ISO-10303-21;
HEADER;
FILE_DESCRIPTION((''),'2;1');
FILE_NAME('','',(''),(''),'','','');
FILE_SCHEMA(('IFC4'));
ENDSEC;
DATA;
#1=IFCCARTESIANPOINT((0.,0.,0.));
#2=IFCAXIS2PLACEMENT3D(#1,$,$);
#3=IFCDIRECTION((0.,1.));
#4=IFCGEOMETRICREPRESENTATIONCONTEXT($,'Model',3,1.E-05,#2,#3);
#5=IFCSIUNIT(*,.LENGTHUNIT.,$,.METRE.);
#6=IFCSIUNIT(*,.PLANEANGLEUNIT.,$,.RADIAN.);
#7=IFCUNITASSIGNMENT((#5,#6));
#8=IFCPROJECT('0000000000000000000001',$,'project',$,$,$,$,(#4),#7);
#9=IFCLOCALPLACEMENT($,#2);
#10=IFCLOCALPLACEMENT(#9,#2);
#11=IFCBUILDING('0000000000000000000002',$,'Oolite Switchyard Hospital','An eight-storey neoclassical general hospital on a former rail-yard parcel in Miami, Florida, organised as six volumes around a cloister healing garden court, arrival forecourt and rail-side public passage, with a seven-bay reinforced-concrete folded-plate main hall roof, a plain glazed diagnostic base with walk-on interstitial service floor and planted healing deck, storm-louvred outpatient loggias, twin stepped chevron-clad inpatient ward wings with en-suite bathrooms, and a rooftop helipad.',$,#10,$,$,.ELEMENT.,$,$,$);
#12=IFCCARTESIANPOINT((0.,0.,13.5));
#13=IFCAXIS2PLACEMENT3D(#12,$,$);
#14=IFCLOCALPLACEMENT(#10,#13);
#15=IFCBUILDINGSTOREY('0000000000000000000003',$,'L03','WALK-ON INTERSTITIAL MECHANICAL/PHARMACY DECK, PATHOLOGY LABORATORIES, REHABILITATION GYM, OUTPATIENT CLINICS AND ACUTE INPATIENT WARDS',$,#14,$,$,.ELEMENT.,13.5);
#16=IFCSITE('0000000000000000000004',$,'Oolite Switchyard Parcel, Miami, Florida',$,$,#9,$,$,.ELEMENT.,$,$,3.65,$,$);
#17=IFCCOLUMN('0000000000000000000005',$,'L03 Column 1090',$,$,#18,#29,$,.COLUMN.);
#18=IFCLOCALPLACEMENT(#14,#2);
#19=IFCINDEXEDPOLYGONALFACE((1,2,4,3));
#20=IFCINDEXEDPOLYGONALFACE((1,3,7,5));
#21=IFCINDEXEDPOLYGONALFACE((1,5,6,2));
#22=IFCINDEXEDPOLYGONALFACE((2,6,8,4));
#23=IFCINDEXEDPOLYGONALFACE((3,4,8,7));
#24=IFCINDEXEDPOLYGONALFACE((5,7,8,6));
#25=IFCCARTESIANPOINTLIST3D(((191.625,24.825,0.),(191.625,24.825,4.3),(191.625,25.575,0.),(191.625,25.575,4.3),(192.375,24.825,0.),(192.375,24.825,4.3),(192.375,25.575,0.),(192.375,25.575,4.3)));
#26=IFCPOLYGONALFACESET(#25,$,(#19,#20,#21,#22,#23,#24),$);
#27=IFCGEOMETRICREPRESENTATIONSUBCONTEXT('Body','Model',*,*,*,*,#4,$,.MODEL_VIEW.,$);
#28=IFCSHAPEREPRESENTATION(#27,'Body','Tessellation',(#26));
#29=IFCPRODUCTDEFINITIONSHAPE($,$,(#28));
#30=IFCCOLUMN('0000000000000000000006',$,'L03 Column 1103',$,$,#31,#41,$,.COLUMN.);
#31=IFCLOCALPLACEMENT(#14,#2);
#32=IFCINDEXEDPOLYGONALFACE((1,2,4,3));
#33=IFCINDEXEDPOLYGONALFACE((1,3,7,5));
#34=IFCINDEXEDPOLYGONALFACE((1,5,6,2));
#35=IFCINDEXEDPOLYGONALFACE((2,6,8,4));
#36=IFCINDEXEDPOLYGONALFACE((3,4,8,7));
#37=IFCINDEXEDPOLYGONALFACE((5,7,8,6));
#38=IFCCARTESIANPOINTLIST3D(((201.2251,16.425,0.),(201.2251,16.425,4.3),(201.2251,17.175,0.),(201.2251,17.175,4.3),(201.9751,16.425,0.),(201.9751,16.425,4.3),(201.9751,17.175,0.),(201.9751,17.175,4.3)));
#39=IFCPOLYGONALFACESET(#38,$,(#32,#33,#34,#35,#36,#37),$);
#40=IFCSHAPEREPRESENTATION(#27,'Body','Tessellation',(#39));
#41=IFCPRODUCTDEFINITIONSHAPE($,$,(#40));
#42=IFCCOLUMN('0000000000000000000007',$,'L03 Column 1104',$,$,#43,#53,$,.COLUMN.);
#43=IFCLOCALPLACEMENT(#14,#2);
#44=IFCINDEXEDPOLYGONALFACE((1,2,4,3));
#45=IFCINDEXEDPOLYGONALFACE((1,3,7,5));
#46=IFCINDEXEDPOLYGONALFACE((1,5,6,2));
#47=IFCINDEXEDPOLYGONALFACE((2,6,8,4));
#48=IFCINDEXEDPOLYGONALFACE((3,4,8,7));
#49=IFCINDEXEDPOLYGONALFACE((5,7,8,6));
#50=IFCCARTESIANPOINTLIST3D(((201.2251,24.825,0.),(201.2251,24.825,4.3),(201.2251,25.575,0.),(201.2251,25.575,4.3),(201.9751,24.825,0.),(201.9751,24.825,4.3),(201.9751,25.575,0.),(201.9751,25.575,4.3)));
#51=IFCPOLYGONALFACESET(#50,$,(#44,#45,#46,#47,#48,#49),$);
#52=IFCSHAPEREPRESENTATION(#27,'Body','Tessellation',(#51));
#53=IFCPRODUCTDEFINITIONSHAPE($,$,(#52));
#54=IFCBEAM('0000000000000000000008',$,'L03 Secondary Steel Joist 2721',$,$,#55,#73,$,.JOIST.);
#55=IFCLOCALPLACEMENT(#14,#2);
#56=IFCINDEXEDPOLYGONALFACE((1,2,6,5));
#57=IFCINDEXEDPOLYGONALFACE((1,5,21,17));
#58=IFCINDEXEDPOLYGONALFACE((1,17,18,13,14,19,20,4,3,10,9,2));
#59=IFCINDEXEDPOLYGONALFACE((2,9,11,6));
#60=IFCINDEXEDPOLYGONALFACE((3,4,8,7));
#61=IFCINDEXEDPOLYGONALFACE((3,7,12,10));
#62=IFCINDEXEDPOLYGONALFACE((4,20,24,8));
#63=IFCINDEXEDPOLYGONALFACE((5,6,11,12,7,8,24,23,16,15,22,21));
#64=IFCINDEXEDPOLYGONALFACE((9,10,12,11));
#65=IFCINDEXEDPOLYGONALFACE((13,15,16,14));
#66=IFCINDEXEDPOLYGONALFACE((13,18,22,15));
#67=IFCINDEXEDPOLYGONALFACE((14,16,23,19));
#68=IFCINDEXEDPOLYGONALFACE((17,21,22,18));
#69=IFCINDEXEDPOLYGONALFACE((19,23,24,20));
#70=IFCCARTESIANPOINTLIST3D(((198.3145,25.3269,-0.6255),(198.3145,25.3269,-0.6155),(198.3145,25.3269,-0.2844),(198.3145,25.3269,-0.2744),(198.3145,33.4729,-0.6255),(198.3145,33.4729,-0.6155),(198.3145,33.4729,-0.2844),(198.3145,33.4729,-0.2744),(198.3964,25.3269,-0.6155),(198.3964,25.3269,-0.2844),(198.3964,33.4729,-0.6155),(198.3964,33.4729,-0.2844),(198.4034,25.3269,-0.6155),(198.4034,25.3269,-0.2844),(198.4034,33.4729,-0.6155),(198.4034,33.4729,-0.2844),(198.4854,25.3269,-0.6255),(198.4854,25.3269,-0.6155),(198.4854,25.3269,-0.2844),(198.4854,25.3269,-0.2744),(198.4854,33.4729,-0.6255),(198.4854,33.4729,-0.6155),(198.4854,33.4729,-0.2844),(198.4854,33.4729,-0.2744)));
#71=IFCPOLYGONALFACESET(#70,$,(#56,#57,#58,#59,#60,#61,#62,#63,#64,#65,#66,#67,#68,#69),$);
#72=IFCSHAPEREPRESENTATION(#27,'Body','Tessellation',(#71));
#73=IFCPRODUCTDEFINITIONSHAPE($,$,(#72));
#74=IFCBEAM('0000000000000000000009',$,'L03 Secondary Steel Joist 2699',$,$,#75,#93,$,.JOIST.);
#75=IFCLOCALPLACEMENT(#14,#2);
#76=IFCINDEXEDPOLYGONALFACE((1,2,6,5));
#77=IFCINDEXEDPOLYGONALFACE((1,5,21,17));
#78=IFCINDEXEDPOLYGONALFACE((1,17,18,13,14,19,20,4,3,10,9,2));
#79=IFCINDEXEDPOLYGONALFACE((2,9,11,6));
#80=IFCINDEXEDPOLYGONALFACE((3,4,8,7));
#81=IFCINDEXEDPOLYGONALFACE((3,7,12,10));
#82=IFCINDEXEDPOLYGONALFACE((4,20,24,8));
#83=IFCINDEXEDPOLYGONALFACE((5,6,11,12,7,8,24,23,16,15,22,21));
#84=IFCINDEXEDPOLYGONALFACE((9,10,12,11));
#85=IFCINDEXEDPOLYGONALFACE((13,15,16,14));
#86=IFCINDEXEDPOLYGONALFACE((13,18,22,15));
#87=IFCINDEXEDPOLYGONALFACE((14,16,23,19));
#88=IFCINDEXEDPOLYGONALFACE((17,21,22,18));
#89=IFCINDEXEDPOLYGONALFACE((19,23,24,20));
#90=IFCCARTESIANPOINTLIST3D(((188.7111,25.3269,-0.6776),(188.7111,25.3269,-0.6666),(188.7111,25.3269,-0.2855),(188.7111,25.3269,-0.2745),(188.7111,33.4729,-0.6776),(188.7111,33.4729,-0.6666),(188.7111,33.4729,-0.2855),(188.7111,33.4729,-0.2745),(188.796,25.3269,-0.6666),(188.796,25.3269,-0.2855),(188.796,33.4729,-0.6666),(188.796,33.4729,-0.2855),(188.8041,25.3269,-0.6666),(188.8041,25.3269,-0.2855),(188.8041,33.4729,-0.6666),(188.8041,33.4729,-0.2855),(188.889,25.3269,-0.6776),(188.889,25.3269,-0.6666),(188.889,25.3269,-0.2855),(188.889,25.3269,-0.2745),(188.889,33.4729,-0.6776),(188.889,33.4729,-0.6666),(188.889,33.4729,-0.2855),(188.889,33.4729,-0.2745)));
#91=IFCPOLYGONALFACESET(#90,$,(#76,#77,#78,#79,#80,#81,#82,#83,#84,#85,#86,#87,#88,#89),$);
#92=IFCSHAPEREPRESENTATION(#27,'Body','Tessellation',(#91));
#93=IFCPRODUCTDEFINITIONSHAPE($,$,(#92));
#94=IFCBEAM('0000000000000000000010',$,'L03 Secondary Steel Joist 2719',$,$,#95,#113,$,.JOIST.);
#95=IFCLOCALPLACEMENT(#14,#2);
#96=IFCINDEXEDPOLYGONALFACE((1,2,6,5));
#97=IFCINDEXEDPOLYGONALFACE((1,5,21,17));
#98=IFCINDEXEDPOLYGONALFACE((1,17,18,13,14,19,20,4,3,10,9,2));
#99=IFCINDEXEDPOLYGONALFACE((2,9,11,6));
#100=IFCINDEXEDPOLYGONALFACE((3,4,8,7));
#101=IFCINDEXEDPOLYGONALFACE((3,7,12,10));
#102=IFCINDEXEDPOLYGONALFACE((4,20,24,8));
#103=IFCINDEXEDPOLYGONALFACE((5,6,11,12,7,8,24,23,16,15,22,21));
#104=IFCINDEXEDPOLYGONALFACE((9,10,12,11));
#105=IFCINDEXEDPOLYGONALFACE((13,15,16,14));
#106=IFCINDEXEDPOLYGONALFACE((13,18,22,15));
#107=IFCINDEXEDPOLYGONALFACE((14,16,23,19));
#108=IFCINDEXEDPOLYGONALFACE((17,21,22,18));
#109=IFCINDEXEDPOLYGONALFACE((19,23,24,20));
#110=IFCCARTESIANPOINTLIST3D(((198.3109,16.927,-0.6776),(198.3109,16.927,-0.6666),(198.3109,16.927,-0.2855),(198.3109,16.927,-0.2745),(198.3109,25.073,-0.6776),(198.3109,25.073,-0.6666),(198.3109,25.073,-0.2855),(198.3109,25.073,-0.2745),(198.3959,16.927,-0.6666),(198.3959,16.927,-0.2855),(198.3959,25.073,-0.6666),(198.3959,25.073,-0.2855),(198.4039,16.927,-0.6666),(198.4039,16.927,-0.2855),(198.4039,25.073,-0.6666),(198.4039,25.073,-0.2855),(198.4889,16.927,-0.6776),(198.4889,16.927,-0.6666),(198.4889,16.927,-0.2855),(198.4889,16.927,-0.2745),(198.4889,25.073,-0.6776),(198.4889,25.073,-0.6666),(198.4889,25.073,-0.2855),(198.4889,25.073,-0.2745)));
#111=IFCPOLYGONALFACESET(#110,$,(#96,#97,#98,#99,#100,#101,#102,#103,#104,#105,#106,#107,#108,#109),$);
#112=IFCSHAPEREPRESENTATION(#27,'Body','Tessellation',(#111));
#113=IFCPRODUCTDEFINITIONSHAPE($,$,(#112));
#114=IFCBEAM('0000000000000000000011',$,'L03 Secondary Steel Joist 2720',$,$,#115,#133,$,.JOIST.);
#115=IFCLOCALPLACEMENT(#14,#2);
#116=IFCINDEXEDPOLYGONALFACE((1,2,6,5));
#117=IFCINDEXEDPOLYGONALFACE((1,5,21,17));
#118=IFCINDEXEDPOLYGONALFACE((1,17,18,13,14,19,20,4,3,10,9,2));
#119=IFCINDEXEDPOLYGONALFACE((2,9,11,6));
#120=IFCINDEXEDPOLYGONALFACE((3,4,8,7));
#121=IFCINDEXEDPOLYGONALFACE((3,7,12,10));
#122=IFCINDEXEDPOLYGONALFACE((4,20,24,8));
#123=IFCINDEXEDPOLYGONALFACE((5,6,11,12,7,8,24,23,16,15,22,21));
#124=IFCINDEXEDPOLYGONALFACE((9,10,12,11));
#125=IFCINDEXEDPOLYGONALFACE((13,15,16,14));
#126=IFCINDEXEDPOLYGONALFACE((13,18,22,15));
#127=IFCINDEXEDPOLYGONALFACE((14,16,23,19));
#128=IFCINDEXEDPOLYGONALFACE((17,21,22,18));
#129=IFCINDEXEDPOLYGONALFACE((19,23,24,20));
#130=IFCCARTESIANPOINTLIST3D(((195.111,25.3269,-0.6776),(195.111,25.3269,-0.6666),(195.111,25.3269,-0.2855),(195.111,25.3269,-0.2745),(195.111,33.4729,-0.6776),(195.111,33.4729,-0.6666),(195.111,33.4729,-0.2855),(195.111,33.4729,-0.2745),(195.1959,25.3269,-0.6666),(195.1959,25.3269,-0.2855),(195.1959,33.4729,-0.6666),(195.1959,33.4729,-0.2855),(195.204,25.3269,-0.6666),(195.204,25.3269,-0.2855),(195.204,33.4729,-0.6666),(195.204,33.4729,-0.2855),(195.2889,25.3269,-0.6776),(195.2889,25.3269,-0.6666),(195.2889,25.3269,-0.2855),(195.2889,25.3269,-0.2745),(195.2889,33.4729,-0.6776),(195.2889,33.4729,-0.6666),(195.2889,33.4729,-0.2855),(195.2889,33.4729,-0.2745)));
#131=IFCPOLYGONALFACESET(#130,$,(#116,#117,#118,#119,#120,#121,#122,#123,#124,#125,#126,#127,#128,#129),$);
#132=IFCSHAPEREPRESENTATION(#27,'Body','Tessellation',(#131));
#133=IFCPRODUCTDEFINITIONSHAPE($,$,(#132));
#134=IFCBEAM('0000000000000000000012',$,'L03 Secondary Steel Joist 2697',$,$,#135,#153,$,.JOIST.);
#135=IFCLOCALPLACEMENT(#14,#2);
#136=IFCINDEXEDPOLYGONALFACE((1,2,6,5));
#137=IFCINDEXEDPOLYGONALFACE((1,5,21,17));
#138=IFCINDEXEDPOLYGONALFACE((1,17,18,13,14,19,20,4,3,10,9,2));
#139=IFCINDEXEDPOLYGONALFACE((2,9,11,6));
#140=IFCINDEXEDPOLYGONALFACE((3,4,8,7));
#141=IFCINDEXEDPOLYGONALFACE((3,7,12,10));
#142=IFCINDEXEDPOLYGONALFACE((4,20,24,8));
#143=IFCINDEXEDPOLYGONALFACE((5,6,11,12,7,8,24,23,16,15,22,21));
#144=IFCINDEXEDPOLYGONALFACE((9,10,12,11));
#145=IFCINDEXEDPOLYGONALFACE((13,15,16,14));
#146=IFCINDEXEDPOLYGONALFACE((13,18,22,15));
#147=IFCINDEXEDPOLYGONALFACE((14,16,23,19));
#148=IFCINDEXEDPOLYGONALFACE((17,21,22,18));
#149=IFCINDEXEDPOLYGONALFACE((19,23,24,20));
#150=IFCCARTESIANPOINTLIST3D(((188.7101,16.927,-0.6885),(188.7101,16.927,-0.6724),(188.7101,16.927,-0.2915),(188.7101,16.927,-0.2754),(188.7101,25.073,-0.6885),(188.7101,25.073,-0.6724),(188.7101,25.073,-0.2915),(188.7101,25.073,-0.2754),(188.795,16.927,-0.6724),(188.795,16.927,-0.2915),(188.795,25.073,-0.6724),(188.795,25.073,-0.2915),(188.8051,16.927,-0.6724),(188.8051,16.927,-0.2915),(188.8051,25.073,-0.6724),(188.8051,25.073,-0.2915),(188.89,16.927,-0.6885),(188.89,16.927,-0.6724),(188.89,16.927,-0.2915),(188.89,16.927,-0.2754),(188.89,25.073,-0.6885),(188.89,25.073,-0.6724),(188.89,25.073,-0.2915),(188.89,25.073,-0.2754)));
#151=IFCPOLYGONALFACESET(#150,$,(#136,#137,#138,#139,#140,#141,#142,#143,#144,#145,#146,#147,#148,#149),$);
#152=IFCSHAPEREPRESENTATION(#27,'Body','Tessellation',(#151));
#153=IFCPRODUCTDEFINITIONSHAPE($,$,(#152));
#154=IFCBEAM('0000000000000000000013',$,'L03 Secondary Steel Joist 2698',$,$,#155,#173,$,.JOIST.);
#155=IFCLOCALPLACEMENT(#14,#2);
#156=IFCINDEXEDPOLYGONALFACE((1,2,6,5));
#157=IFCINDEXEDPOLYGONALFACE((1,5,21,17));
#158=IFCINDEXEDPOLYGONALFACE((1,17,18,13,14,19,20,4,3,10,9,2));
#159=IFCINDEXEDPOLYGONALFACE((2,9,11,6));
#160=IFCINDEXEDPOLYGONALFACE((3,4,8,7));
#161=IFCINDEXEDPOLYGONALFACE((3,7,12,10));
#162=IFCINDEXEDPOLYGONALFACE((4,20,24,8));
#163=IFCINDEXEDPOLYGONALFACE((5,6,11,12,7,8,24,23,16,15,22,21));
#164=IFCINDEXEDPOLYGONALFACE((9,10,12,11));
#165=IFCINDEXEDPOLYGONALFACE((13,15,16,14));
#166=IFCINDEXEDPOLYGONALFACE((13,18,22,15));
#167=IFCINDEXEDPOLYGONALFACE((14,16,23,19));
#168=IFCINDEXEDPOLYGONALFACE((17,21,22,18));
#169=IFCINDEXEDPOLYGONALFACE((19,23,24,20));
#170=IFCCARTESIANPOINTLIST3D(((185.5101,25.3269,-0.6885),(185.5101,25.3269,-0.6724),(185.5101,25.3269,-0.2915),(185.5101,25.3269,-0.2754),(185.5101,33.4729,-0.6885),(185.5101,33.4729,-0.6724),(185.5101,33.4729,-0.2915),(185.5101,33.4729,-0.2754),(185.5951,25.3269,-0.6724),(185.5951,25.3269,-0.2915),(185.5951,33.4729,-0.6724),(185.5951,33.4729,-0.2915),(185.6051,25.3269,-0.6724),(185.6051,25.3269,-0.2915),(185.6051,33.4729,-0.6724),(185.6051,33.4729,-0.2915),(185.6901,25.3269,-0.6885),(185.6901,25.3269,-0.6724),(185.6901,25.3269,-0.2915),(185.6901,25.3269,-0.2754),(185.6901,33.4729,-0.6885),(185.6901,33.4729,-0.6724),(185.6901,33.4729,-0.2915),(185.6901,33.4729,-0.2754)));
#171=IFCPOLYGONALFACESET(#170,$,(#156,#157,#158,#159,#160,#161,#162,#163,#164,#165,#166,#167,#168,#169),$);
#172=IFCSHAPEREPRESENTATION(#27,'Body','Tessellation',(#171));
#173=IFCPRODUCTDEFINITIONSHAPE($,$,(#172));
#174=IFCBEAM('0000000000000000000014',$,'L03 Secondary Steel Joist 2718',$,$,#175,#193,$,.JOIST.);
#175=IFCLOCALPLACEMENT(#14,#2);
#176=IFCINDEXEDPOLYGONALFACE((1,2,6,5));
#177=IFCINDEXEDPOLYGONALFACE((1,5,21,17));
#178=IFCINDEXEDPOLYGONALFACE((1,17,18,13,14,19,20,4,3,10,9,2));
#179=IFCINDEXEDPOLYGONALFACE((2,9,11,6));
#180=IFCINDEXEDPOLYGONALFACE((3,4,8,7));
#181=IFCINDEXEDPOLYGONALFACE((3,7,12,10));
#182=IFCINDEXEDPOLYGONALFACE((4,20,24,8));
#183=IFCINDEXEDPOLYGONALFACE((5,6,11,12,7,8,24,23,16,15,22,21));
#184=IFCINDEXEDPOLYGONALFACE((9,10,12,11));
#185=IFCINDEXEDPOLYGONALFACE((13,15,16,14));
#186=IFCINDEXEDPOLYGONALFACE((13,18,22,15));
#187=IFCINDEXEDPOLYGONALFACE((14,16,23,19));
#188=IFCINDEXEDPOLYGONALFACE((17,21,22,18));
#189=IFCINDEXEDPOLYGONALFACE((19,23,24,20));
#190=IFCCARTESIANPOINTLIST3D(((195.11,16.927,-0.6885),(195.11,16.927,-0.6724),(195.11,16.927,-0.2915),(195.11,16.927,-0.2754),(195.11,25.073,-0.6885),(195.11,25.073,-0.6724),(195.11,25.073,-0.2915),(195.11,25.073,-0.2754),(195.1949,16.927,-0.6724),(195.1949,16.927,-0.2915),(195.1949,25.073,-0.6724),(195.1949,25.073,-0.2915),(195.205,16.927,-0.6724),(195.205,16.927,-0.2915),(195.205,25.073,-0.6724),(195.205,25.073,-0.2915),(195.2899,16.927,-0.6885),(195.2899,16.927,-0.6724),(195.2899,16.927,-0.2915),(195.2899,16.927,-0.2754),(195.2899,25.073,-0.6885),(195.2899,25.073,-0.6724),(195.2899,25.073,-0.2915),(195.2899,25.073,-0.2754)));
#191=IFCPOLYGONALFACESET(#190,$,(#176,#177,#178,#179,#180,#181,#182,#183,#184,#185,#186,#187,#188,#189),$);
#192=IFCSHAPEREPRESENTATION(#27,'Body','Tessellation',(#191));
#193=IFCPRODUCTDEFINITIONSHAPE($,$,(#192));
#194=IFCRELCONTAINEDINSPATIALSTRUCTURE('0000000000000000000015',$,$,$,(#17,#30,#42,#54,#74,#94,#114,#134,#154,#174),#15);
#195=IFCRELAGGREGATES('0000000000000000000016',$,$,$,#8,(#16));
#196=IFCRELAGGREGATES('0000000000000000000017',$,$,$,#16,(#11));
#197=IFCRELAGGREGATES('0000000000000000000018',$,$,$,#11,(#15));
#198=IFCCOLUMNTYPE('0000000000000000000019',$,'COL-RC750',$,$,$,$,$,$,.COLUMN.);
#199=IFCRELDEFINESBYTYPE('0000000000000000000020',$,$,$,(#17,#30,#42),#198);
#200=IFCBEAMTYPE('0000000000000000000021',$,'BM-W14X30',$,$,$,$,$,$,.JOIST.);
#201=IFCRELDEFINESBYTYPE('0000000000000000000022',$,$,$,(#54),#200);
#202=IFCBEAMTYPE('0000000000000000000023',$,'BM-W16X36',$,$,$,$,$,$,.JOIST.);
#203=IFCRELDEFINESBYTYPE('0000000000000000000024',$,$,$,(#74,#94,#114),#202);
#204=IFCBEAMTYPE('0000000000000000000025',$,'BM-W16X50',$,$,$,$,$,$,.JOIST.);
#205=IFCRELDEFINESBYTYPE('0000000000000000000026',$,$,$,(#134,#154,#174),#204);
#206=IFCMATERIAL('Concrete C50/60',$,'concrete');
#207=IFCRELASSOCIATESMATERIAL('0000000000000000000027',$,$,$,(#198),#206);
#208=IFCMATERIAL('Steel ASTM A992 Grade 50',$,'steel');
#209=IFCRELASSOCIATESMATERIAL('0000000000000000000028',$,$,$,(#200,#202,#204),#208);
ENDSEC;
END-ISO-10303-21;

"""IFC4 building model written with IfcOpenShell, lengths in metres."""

from ifc_helpers import new_model, si_unit, direction, frame, origin, origin_2d, place, context, subcontext, project, spatial, rectangle, i_section, extrude, material, material_profile, profile_set, type_object, element, save


model = new_model("IFC4")

# Units and contexts
model_context = context("Model", 3, precision=1e-05, world=origin(), true_north=direction((0.0, 1.0)))
body_context = subcontext(model_context, "Body", "Model", "MODEL_VIEW")
ifc_project = project(units=[si_unit("LENGTHUNIT", "METRE"), si_unit("PLANEANGLEUNIT", "RADIAN")], contexts=[model_context])

# Site, building, storey
site_placement = place(None, origin())
site = spatial("IfcSite", under=ifc_project, at=site_placement, Name="Oolite Switchyard Parcel, Miami, Florida", CompositionType="ELEMENT", RefElevation=3.65)
building_placement = place(site_placement, origin())
building = spatial("IfcBuilding", under=site, at=building_placement, Name="Oolite Switchyard Hospital", Description="An eight-storey neoclassical general hospital on a former rail-yard parcel in Miami, Florida, organised as six volumes around a cloister healing garden court, arrival forecourt and rail-side public passage, with a seven-bay reinforced-concrete folded-plate main hall roof, a plain glazed diagnostic base with walk-on interstitial service floor and planted healing deck, storm-louvred outpatient loggias, twin stepped chevron-clad inpatient ward wings with en-suite bathrooms, and a rooftop helipad.", CompositionType="ELEMENT")
storey_placement = place(building_placement, frame((0.0, 0.0, 13.5)))
storey = spatial("IfcBuildingStorey", under=building, at=storey_placement, Name="L03", Description="WALK-ON INTERSTITIAL MECHANICAL/PHARMACY DECK, PATHOLOGY LABORATORIES, REHABILITATION GYM, OUTPATIENT CLINICS AND ACUTE INPATIENT WARDS", CompositionType="ELEMENT", Elevation=13.5)

# Columns
ifc_material_1 = material(Name="Concrete C50/60", Category="concrete")
ifc_material_profile_1 = material_profile(ifc_material_1, rectangle(XDim=0.75, YDim=0.75, at=origin_2d()), Name="RC750X750")
ifc_profile_set_1 = profile_set([ifc_material_profile_1], Name="Concrete C50/60")
column_type = type_object("IfcColumnType", Name="COL-RC750", PredefinedType="COLUMN", material=ifc_profile_set_1)
for number, where, z_axis, x_axis, name in (
    (1, (192.0, 25.2, 0.0), (0.0, 0.0, 1.0), (1.0, 0.0, 0.0), "L03 Column 1090"),
    (2, (201.6001, 16.8, 0.0), (0.0, 0.0, 1.0), (1.0, 0.0, 0.0), "L03 Column 1103"),
    (3, (201.6001, 25.2, 0.0), (0.0, 0.0, 1.0), (1.0, 0.0, 0.0), "L03 Column 1104"),
):
    element("IfcColumn", number, at=place(storey_placement, frame(where, z_axis=z_axis, x_axis=x_axis)), inside=storey, type_object=column_type, Name=name, PredefinedType="COLUMN", context=body_context, shape_type="SweptSolid", body=[
        extrude(rectangle(XDim=0.75, YDim=0.75, at=origin_2d()), origin(), (0.0, 0.0, 1.0), 4.3),
    ])

# Beams
ifc_material_2 = material(Name="Steel ASTM A992 Grade 50", Category="steel")
ifc_material_profile_2 = material_profile(ifc_material_2, i_section(OverallWidth=0.1709, OverallDepth=0.3511, WebThickness=0.0071, FlangeThickness=0.01, at=origin_2d()), Name="W14X30")
ifc_profile_set_2 = profile_set([ifc_material_profile_2], Name="Steel ASTM A992 Grade 50")
beam_type_1 = type_object("IfcBeamType", Name="BM-W14X30", PredefinedType="JOIST", material=ifc_profile_set_2)
beam_1_placement = place(storey_placement, frame((198.3999, 25.3269, -0.45), z_axis=(0.0, 1.0, 0.0), x_axis=(-1.0, 0.0, 0.0)))
element("IfcBeam", 4, at=beam_1_placement, inside=storey, type_object=beam_type_1, Name="L03 Secondary Steel Joist 2721", PredefinedType="JOIST", context=body_context, shape_type="SweptSolid", body=[
    extrude(i_section(OverallWidth=0.1709, OverallDepth=0.3511, WebThickness=0.0071, FlangeThickness=0.01, at=origin_2d()), origin(), (0.0, 0.0, 1.0), 8.146),
])
ifc_material_profile_3 = material_profile(ifc_material_2, i_section(OverallWidth=0.178, OverallDepth=0.4031, WebThickness=0.0081, FlangeThickness=0.011, at=origin_2d()), Name="W16X36")
ifc_profile_set_3 = profile_set([ifc_material_profile_3], Name="Steel ASTM A992 Grade 50")
beam_type_2 = type_object("IfcBeamType", Name="BM-W16X36", PredefinedType="JOIST", material=ifc_profile_set_3)
for number, where, z_axis, x_axis, name in (
    (5, (188.8, 25.3269, -0.4761), (0.0, 1.0, 0.0), (-1.0, 0.0, 0.0), "L03 Secondary Steel Joist 2699"),
    (6, (198.3999, 16.927, -0.4761), (0.0, 1.0, 0.0), (-1.0, 0.0, 0.0), "L03 Secondary Steel Joist 2719"),
    (7, (195.2, 25.3269, -0.4761), (0.0, 1.0, 0.0), (-1.0, 0.0, 0.0), "L03 Secondary Steel Joist 2720"),
):
    element("IfcBeam", number, at=place(storey_placement, frame(where, z_axis=z_axis, x_axis=x_axis)), inside=storey, type_object=beam_type_2, Name=name, PredefinedType="JOIST", context=body_context, shape_type="SweptSolid", body=[
        extrude(i_section(OverallWidth=0.178, OverallDepth=0.4031, WebThickness=0.0081, FlangeThickness=0.011, at=origin_2d()), origin(), (0.0, 0.0, 1.0), 8.146),
    ])
ifc_material_profile_4 = material_profile(ifc_material_2, i_section(OverallWidth=0.1799, OverallDepth=0.4131, WebThickness=0.01, FlangeThickness=0.0161, at=origin_2d()), Name="W16X50")
ifc_profile_set_4 = profile_set([ifc_material_profile_4], Name="Steel ASTM A992 Grade 50")
beam_type_3 = type_object("IfcBeamType", Name="BM-W16X50", PredefinedType="JOIST", material=ifc_profile_set_4)
for number, where, z_axis, x_axis, name in (
    (8, (188.8, 16.927, -0.4819), (0.0, 1.0, 0.0), (-1.0, 0.0, 0.0), "L03 Secondary Steel Joist 2697"),
    (9, (185.6001, 25.3269, -0.4819), (0.0, 1.0, 0.0), (-1.0, 0.0, 0.0), "L03 Secondary Steel Joist 2698"),
    (10, (195.2, 16.927, -0.4819), (0.0, 1.0, 0.0), (-1.0, 0.0, 0.0), "L03 Secondary Steel Joist 2718"),
):
    element("IfcBeam", number, at=place(storey_placement, frame(where, z_axis=z_axis, x_axis=x_axis)), inside=storey, type_object=beam_type_3, Name=name, PredefinedType="JOIST", context=body_context, shape_type="SweptSolid", body=[
        extrude(i_section(OverallWidth=0.1799, OverallDepth=0.4131, WebThickness=0.01, FlangeThickness=0.0161, at=origin_2d()), origin(), (0.0, 0.0, 1.0), 8.146),
    ])

save(model, "model.ifc")
